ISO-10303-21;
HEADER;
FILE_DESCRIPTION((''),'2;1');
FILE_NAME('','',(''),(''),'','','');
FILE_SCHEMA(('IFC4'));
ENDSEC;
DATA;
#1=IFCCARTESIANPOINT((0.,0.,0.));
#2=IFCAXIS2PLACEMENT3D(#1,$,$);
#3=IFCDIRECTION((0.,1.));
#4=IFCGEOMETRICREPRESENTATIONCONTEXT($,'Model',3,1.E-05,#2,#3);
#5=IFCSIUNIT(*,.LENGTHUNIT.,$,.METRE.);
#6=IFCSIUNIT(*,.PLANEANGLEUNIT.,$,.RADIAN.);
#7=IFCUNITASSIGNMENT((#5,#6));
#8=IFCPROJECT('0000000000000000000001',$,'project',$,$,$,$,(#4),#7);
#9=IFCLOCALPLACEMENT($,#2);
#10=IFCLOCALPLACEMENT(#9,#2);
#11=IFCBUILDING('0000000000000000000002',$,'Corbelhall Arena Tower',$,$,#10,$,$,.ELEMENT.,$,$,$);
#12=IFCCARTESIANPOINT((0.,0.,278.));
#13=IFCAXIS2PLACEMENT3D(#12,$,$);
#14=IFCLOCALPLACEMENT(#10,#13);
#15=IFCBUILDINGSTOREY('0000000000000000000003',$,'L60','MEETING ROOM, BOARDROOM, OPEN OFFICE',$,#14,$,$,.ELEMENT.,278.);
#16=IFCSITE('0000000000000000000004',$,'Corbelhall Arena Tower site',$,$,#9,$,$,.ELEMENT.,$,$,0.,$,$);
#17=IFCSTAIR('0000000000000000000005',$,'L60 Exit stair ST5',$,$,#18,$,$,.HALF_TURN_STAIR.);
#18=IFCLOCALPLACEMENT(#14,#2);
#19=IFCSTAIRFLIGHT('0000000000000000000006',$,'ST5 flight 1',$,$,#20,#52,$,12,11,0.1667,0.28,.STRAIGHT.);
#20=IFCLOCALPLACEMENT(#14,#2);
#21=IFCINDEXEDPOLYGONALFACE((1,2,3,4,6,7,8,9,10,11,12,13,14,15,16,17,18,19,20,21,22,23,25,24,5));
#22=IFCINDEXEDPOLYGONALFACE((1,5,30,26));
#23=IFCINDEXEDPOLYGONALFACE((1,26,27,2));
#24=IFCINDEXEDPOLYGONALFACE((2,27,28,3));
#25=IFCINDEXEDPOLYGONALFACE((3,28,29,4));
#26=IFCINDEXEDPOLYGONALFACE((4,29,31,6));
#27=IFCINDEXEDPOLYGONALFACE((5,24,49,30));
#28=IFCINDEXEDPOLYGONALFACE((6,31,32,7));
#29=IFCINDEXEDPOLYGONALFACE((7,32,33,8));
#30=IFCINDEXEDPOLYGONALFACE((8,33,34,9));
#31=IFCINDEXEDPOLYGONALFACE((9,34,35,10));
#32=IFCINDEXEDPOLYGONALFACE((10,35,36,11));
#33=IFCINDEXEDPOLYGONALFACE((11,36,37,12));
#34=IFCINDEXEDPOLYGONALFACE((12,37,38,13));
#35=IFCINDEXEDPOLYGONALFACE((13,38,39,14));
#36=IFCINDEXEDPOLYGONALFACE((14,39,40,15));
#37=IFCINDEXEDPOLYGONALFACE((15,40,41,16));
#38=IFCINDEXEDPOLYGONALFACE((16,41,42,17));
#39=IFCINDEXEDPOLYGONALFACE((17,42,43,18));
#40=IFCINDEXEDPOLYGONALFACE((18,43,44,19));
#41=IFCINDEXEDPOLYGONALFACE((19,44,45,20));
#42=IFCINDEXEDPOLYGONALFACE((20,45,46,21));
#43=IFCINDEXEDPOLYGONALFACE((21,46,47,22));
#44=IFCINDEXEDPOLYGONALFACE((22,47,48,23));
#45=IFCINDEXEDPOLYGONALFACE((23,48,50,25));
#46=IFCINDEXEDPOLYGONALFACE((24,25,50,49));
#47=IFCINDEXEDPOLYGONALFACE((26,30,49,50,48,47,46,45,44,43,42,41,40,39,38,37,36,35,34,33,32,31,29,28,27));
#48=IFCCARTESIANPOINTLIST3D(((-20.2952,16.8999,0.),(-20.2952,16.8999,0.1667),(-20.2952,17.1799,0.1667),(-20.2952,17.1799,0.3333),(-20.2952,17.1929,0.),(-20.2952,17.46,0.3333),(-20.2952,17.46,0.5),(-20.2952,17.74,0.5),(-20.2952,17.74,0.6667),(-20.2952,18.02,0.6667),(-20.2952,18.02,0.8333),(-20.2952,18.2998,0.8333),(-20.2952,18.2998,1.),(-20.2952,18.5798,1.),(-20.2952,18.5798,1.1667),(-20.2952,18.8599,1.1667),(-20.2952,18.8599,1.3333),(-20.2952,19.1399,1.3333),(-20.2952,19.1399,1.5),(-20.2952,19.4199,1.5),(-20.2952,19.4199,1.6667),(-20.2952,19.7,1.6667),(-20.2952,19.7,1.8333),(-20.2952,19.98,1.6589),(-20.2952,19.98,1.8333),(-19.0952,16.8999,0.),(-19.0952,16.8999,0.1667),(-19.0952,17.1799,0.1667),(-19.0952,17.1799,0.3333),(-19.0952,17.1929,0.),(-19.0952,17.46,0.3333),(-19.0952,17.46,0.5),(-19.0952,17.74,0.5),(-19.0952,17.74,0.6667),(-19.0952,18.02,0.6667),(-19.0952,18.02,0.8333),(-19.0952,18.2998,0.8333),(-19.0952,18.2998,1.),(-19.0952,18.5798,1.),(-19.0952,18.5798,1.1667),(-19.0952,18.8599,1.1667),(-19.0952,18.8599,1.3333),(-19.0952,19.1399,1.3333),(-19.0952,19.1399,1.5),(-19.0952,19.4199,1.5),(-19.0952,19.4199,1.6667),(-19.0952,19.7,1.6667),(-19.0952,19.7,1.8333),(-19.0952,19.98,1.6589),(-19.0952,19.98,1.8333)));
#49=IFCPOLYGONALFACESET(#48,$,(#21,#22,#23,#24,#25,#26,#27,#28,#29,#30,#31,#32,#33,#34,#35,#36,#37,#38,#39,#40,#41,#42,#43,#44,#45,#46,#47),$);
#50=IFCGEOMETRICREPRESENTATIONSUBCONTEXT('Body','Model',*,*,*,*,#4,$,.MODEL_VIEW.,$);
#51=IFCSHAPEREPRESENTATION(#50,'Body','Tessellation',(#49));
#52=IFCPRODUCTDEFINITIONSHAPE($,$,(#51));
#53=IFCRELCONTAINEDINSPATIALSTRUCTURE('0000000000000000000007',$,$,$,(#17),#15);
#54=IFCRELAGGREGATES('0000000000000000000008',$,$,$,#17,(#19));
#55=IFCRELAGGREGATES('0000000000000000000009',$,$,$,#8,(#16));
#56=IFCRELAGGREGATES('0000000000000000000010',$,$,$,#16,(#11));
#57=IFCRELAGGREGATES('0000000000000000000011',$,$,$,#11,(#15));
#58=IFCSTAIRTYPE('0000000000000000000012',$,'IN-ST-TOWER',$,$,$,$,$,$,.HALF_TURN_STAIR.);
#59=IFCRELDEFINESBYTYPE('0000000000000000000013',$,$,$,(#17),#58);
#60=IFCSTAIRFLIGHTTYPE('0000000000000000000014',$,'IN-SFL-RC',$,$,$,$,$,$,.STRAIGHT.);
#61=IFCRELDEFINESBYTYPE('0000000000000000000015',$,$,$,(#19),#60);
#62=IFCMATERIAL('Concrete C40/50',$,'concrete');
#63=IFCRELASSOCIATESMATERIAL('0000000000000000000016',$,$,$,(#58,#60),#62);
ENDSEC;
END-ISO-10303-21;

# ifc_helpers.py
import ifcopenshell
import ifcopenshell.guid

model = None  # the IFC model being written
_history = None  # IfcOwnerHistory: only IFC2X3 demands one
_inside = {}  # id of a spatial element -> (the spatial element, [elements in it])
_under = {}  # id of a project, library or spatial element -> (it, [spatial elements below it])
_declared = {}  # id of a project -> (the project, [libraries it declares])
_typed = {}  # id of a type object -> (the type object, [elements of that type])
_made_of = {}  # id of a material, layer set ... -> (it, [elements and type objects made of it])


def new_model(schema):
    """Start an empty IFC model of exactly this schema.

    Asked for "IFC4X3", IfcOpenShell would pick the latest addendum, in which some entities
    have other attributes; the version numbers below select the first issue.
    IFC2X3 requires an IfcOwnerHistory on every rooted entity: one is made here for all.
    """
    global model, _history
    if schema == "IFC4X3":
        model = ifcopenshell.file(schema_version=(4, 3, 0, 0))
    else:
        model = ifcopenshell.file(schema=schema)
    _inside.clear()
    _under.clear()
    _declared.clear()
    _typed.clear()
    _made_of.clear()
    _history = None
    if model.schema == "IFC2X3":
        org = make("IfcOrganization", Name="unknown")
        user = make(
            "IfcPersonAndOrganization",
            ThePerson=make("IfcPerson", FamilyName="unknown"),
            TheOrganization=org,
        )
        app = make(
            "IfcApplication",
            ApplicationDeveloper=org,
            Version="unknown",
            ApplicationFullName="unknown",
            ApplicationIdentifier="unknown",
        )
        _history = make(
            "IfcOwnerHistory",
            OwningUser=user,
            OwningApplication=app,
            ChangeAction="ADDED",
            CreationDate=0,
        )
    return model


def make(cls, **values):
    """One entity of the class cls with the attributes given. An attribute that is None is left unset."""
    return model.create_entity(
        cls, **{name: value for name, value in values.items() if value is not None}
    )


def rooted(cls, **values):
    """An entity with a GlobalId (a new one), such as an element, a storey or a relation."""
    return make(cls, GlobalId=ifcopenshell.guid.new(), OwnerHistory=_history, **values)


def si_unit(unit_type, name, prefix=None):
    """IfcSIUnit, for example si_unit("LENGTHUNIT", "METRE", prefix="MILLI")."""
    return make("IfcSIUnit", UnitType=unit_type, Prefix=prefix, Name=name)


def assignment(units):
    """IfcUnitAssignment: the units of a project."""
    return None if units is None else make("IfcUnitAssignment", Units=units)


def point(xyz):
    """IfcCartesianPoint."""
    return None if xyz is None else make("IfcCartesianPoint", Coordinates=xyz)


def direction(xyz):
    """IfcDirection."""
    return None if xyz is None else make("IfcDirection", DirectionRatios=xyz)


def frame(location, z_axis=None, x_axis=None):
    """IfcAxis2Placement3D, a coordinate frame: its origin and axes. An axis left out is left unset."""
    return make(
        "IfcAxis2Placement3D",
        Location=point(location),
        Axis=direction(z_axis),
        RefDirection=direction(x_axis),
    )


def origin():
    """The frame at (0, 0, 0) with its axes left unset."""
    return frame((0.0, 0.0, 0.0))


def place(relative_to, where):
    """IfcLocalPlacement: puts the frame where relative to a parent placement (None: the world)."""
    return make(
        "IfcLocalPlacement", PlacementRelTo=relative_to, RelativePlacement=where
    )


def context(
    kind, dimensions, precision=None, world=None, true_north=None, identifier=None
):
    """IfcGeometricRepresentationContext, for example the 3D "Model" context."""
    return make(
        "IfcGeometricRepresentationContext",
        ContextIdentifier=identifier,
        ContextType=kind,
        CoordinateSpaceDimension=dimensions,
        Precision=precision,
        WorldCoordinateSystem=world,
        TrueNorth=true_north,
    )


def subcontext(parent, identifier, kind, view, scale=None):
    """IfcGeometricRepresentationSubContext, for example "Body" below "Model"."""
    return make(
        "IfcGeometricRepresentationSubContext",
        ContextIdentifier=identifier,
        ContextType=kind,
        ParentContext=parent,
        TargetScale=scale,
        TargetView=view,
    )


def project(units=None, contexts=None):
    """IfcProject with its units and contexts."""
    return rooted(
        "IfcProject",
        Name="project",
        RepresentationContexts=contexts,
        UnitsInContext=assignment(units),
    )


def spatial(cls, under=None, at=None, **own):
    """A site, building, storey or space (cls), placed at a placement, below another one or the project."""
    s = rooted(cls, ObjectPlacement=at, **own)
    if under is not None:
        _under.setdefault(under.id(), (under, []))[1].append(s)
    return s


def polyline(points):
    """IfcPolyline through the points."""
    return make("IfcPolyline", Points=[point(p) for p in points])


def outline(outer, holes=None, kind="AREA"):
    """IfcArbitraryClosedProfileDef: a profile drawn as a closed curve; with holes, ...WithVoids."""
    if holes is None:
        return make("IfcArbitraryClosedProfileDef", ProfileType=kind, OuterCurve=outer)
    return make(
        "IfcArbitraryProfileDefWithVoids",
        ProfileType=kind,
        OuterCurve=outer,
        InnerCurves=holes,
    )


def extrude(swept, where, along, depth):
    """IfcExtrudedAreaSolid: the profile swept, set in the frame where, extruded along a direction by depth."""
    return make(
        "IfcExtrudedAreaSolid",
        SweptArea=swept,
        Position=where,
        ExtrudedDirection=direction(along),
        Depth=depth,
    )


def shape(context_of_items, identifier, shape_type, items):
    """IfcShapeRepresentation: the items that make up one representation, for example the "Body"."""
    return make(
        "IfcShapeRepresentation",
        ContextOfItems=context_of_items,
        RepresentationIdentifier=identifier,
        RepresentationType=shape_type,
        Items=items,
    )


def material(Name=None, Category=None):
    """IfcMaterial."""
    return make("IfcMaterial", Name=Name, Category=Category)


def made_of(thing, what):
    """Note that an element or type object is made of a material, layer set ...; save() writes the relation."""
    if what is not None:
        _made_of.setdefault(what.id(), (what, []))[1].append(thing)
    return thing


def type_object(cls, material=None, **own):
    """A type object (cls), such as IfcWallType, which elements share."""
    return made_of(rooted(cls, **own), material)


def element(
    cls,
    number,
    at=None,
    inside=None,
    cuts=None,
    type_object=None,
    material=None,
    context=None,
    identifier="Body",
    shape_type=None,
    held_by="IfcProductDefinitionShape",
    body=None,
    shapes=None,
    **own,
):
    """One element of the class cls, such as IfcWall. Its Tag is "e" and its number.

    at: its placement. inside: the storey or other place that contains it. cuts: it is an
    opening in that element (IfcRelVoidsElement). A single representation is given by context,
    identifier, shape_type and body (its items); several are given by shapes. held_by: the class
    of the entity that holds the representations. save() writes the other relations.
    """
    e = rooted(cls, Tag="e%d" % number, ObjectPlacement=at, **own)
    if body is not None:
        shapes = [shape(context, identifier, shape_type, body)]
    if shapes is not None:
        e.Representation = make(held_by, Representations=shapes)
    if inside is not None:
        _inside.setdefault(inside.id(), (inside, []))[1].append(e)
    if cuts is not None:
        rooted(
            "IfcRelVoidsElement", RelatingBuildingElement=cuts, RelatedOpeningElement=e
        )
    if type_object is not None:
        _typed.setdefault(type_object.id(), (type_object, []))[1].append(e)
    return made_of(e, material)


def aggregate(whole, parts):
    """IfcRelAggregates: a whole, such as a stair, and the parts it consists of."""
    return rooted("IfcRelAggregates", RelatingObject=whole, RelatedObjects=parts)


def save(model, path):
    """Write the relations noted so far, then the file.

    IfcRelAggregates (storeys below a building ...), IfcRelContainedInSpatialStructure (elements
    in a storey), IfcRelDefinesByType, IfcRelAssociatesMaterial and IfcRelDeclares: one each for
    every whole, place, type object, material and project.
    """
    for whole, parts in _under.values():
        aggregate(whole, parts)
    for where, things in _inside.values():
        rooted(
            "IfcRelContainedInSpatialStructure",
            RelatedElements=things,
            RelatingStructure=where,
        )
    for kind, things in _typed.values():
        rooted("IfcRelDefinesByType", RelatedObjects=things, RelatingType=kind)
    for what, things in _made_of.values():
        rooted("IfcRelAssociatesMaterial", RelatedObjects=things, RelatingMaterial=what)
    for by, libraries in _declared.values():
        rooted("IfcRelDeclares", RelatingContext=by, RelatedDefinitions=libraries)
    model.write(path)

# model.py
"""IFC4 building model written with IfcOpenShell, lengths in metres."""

from ifc_helpers import new_model, si_unit, direction, frame, origin, place, context, subcontext, project, spatial, polyline, outline, extrude, material, type_object, element, aggregate, save


model = new_model("IFC4")

# Units and contexts
model_context = context("Model", 3, precision=1e-05, world=origin(), true_north=direction((0.0, 1.0)))
body_context = subcontext(model_context, "Body", "Model", "MODEL_VIEW")
ifc_project = project(units=[si_unit("LENGTHUNIT", "METRE"), si_unit("PLANEANGLEUNIT", "RADIAN")], contexts=[model_context])

# Site, building, storey
site_placement = place(None, origin())
site = spatial("IfcSite", under=ifc_project, at=site_placement, Name="Corbelhall Arena Tower site", CompositionType="ELEMENT", RefElevation=0.0)
building_placement = place(site_placement, origin())
building = spatial("IfcBuilding", under=site, at=building_placement, Name="Corbelhall Arena Tower", CompositionType="ELEMENT")
storey_placement = place(building_placement, frame((0.0, 0.0, 278.0)))
storey = spatial("IfcBuildingStorey", under=building, at=storey_placement, Name="L60", Description="MEETING ROOM, BOARDROOM, OPEN OFFICE", CompositionType="ELEMENT", Elevation=278.0)

# Shared definitions
ifc_material_1 = material(Name="Concrete C40/50", Category="concrete")

# Stair, stair flight
stair_type = type_object("IfcStairType", Name="IN-ST-TOWER", PredefinedType="HALF_TURN_STAIR", material=ifc_material_1)
stair_placement = place(storey_placement, origin())
stair = element("IfcStair", 1, at=stair_placement, inside=storey, type_object=stair_type, Name="L60 Exit stair ST5", PredefinedType="HALF_TURN_STAIR")
stair_flight_type = type_object("IfcStairFlightType", Name="IN-SFL-RC", PredefinedType="STRAIGHT", material=ifc_material_1)
stair_flight_placement = place(storey_placement, frame((-19.6951, 16.8999, 0.0), z_axis=(0.0, 0.0, 1.0), x_axis=(0.0, 1.0, 0.0)))
stair_flight = element("IfcStairFlight", 2, at=stair_flight_placement, type_object=stair_flight_type, Name="ST5 flight 1", NumberOfRisers=12, NumberOfTreads=11, PredefinedType="STRAIGHT", RiserHeight=0.1667, TreadLength=0.28, context=body_context, shape_type="SweptSolid", body=[
    extrude(outline(polyline([(0.0, 0.0), (0.0, 0.1667), (0.28, 0.1667), (0.28, 0.3333), (0.5601, 0.3333), (0.5601, 0.5), (0.8401, 0.5), (0.8401, 0.6667), (1.1201, 0.6667), (1.1201, 0.8333), (1.3999, 0.8333), (1.3999, 1.0), (1.6799, 1.0), (1.6799, 1.1667), (1.96, 1.1667), (1.96, 1.3333), (2.24, 1.3333), (2.24, 1.5), (2.52, 1.5), (2.52, 1.6667), (2.8, 1.6667), (2.8, 1.8333), (3.0801, 1.8333), (3.0801, 2.0), (3.0801, 1.6589), (0.293, 0.0), (0.0, 0.0)])), frame((0.0, 0.6001, 0.0), z_axis=(0.0, -1.0, 0.0), x_axis=(1.0, 0.0, 0.0)), (0.0, 0.0, 1.0), 1.2),
])
aggregate(stair, [stair_flight])

save(model, "model.ifc")
